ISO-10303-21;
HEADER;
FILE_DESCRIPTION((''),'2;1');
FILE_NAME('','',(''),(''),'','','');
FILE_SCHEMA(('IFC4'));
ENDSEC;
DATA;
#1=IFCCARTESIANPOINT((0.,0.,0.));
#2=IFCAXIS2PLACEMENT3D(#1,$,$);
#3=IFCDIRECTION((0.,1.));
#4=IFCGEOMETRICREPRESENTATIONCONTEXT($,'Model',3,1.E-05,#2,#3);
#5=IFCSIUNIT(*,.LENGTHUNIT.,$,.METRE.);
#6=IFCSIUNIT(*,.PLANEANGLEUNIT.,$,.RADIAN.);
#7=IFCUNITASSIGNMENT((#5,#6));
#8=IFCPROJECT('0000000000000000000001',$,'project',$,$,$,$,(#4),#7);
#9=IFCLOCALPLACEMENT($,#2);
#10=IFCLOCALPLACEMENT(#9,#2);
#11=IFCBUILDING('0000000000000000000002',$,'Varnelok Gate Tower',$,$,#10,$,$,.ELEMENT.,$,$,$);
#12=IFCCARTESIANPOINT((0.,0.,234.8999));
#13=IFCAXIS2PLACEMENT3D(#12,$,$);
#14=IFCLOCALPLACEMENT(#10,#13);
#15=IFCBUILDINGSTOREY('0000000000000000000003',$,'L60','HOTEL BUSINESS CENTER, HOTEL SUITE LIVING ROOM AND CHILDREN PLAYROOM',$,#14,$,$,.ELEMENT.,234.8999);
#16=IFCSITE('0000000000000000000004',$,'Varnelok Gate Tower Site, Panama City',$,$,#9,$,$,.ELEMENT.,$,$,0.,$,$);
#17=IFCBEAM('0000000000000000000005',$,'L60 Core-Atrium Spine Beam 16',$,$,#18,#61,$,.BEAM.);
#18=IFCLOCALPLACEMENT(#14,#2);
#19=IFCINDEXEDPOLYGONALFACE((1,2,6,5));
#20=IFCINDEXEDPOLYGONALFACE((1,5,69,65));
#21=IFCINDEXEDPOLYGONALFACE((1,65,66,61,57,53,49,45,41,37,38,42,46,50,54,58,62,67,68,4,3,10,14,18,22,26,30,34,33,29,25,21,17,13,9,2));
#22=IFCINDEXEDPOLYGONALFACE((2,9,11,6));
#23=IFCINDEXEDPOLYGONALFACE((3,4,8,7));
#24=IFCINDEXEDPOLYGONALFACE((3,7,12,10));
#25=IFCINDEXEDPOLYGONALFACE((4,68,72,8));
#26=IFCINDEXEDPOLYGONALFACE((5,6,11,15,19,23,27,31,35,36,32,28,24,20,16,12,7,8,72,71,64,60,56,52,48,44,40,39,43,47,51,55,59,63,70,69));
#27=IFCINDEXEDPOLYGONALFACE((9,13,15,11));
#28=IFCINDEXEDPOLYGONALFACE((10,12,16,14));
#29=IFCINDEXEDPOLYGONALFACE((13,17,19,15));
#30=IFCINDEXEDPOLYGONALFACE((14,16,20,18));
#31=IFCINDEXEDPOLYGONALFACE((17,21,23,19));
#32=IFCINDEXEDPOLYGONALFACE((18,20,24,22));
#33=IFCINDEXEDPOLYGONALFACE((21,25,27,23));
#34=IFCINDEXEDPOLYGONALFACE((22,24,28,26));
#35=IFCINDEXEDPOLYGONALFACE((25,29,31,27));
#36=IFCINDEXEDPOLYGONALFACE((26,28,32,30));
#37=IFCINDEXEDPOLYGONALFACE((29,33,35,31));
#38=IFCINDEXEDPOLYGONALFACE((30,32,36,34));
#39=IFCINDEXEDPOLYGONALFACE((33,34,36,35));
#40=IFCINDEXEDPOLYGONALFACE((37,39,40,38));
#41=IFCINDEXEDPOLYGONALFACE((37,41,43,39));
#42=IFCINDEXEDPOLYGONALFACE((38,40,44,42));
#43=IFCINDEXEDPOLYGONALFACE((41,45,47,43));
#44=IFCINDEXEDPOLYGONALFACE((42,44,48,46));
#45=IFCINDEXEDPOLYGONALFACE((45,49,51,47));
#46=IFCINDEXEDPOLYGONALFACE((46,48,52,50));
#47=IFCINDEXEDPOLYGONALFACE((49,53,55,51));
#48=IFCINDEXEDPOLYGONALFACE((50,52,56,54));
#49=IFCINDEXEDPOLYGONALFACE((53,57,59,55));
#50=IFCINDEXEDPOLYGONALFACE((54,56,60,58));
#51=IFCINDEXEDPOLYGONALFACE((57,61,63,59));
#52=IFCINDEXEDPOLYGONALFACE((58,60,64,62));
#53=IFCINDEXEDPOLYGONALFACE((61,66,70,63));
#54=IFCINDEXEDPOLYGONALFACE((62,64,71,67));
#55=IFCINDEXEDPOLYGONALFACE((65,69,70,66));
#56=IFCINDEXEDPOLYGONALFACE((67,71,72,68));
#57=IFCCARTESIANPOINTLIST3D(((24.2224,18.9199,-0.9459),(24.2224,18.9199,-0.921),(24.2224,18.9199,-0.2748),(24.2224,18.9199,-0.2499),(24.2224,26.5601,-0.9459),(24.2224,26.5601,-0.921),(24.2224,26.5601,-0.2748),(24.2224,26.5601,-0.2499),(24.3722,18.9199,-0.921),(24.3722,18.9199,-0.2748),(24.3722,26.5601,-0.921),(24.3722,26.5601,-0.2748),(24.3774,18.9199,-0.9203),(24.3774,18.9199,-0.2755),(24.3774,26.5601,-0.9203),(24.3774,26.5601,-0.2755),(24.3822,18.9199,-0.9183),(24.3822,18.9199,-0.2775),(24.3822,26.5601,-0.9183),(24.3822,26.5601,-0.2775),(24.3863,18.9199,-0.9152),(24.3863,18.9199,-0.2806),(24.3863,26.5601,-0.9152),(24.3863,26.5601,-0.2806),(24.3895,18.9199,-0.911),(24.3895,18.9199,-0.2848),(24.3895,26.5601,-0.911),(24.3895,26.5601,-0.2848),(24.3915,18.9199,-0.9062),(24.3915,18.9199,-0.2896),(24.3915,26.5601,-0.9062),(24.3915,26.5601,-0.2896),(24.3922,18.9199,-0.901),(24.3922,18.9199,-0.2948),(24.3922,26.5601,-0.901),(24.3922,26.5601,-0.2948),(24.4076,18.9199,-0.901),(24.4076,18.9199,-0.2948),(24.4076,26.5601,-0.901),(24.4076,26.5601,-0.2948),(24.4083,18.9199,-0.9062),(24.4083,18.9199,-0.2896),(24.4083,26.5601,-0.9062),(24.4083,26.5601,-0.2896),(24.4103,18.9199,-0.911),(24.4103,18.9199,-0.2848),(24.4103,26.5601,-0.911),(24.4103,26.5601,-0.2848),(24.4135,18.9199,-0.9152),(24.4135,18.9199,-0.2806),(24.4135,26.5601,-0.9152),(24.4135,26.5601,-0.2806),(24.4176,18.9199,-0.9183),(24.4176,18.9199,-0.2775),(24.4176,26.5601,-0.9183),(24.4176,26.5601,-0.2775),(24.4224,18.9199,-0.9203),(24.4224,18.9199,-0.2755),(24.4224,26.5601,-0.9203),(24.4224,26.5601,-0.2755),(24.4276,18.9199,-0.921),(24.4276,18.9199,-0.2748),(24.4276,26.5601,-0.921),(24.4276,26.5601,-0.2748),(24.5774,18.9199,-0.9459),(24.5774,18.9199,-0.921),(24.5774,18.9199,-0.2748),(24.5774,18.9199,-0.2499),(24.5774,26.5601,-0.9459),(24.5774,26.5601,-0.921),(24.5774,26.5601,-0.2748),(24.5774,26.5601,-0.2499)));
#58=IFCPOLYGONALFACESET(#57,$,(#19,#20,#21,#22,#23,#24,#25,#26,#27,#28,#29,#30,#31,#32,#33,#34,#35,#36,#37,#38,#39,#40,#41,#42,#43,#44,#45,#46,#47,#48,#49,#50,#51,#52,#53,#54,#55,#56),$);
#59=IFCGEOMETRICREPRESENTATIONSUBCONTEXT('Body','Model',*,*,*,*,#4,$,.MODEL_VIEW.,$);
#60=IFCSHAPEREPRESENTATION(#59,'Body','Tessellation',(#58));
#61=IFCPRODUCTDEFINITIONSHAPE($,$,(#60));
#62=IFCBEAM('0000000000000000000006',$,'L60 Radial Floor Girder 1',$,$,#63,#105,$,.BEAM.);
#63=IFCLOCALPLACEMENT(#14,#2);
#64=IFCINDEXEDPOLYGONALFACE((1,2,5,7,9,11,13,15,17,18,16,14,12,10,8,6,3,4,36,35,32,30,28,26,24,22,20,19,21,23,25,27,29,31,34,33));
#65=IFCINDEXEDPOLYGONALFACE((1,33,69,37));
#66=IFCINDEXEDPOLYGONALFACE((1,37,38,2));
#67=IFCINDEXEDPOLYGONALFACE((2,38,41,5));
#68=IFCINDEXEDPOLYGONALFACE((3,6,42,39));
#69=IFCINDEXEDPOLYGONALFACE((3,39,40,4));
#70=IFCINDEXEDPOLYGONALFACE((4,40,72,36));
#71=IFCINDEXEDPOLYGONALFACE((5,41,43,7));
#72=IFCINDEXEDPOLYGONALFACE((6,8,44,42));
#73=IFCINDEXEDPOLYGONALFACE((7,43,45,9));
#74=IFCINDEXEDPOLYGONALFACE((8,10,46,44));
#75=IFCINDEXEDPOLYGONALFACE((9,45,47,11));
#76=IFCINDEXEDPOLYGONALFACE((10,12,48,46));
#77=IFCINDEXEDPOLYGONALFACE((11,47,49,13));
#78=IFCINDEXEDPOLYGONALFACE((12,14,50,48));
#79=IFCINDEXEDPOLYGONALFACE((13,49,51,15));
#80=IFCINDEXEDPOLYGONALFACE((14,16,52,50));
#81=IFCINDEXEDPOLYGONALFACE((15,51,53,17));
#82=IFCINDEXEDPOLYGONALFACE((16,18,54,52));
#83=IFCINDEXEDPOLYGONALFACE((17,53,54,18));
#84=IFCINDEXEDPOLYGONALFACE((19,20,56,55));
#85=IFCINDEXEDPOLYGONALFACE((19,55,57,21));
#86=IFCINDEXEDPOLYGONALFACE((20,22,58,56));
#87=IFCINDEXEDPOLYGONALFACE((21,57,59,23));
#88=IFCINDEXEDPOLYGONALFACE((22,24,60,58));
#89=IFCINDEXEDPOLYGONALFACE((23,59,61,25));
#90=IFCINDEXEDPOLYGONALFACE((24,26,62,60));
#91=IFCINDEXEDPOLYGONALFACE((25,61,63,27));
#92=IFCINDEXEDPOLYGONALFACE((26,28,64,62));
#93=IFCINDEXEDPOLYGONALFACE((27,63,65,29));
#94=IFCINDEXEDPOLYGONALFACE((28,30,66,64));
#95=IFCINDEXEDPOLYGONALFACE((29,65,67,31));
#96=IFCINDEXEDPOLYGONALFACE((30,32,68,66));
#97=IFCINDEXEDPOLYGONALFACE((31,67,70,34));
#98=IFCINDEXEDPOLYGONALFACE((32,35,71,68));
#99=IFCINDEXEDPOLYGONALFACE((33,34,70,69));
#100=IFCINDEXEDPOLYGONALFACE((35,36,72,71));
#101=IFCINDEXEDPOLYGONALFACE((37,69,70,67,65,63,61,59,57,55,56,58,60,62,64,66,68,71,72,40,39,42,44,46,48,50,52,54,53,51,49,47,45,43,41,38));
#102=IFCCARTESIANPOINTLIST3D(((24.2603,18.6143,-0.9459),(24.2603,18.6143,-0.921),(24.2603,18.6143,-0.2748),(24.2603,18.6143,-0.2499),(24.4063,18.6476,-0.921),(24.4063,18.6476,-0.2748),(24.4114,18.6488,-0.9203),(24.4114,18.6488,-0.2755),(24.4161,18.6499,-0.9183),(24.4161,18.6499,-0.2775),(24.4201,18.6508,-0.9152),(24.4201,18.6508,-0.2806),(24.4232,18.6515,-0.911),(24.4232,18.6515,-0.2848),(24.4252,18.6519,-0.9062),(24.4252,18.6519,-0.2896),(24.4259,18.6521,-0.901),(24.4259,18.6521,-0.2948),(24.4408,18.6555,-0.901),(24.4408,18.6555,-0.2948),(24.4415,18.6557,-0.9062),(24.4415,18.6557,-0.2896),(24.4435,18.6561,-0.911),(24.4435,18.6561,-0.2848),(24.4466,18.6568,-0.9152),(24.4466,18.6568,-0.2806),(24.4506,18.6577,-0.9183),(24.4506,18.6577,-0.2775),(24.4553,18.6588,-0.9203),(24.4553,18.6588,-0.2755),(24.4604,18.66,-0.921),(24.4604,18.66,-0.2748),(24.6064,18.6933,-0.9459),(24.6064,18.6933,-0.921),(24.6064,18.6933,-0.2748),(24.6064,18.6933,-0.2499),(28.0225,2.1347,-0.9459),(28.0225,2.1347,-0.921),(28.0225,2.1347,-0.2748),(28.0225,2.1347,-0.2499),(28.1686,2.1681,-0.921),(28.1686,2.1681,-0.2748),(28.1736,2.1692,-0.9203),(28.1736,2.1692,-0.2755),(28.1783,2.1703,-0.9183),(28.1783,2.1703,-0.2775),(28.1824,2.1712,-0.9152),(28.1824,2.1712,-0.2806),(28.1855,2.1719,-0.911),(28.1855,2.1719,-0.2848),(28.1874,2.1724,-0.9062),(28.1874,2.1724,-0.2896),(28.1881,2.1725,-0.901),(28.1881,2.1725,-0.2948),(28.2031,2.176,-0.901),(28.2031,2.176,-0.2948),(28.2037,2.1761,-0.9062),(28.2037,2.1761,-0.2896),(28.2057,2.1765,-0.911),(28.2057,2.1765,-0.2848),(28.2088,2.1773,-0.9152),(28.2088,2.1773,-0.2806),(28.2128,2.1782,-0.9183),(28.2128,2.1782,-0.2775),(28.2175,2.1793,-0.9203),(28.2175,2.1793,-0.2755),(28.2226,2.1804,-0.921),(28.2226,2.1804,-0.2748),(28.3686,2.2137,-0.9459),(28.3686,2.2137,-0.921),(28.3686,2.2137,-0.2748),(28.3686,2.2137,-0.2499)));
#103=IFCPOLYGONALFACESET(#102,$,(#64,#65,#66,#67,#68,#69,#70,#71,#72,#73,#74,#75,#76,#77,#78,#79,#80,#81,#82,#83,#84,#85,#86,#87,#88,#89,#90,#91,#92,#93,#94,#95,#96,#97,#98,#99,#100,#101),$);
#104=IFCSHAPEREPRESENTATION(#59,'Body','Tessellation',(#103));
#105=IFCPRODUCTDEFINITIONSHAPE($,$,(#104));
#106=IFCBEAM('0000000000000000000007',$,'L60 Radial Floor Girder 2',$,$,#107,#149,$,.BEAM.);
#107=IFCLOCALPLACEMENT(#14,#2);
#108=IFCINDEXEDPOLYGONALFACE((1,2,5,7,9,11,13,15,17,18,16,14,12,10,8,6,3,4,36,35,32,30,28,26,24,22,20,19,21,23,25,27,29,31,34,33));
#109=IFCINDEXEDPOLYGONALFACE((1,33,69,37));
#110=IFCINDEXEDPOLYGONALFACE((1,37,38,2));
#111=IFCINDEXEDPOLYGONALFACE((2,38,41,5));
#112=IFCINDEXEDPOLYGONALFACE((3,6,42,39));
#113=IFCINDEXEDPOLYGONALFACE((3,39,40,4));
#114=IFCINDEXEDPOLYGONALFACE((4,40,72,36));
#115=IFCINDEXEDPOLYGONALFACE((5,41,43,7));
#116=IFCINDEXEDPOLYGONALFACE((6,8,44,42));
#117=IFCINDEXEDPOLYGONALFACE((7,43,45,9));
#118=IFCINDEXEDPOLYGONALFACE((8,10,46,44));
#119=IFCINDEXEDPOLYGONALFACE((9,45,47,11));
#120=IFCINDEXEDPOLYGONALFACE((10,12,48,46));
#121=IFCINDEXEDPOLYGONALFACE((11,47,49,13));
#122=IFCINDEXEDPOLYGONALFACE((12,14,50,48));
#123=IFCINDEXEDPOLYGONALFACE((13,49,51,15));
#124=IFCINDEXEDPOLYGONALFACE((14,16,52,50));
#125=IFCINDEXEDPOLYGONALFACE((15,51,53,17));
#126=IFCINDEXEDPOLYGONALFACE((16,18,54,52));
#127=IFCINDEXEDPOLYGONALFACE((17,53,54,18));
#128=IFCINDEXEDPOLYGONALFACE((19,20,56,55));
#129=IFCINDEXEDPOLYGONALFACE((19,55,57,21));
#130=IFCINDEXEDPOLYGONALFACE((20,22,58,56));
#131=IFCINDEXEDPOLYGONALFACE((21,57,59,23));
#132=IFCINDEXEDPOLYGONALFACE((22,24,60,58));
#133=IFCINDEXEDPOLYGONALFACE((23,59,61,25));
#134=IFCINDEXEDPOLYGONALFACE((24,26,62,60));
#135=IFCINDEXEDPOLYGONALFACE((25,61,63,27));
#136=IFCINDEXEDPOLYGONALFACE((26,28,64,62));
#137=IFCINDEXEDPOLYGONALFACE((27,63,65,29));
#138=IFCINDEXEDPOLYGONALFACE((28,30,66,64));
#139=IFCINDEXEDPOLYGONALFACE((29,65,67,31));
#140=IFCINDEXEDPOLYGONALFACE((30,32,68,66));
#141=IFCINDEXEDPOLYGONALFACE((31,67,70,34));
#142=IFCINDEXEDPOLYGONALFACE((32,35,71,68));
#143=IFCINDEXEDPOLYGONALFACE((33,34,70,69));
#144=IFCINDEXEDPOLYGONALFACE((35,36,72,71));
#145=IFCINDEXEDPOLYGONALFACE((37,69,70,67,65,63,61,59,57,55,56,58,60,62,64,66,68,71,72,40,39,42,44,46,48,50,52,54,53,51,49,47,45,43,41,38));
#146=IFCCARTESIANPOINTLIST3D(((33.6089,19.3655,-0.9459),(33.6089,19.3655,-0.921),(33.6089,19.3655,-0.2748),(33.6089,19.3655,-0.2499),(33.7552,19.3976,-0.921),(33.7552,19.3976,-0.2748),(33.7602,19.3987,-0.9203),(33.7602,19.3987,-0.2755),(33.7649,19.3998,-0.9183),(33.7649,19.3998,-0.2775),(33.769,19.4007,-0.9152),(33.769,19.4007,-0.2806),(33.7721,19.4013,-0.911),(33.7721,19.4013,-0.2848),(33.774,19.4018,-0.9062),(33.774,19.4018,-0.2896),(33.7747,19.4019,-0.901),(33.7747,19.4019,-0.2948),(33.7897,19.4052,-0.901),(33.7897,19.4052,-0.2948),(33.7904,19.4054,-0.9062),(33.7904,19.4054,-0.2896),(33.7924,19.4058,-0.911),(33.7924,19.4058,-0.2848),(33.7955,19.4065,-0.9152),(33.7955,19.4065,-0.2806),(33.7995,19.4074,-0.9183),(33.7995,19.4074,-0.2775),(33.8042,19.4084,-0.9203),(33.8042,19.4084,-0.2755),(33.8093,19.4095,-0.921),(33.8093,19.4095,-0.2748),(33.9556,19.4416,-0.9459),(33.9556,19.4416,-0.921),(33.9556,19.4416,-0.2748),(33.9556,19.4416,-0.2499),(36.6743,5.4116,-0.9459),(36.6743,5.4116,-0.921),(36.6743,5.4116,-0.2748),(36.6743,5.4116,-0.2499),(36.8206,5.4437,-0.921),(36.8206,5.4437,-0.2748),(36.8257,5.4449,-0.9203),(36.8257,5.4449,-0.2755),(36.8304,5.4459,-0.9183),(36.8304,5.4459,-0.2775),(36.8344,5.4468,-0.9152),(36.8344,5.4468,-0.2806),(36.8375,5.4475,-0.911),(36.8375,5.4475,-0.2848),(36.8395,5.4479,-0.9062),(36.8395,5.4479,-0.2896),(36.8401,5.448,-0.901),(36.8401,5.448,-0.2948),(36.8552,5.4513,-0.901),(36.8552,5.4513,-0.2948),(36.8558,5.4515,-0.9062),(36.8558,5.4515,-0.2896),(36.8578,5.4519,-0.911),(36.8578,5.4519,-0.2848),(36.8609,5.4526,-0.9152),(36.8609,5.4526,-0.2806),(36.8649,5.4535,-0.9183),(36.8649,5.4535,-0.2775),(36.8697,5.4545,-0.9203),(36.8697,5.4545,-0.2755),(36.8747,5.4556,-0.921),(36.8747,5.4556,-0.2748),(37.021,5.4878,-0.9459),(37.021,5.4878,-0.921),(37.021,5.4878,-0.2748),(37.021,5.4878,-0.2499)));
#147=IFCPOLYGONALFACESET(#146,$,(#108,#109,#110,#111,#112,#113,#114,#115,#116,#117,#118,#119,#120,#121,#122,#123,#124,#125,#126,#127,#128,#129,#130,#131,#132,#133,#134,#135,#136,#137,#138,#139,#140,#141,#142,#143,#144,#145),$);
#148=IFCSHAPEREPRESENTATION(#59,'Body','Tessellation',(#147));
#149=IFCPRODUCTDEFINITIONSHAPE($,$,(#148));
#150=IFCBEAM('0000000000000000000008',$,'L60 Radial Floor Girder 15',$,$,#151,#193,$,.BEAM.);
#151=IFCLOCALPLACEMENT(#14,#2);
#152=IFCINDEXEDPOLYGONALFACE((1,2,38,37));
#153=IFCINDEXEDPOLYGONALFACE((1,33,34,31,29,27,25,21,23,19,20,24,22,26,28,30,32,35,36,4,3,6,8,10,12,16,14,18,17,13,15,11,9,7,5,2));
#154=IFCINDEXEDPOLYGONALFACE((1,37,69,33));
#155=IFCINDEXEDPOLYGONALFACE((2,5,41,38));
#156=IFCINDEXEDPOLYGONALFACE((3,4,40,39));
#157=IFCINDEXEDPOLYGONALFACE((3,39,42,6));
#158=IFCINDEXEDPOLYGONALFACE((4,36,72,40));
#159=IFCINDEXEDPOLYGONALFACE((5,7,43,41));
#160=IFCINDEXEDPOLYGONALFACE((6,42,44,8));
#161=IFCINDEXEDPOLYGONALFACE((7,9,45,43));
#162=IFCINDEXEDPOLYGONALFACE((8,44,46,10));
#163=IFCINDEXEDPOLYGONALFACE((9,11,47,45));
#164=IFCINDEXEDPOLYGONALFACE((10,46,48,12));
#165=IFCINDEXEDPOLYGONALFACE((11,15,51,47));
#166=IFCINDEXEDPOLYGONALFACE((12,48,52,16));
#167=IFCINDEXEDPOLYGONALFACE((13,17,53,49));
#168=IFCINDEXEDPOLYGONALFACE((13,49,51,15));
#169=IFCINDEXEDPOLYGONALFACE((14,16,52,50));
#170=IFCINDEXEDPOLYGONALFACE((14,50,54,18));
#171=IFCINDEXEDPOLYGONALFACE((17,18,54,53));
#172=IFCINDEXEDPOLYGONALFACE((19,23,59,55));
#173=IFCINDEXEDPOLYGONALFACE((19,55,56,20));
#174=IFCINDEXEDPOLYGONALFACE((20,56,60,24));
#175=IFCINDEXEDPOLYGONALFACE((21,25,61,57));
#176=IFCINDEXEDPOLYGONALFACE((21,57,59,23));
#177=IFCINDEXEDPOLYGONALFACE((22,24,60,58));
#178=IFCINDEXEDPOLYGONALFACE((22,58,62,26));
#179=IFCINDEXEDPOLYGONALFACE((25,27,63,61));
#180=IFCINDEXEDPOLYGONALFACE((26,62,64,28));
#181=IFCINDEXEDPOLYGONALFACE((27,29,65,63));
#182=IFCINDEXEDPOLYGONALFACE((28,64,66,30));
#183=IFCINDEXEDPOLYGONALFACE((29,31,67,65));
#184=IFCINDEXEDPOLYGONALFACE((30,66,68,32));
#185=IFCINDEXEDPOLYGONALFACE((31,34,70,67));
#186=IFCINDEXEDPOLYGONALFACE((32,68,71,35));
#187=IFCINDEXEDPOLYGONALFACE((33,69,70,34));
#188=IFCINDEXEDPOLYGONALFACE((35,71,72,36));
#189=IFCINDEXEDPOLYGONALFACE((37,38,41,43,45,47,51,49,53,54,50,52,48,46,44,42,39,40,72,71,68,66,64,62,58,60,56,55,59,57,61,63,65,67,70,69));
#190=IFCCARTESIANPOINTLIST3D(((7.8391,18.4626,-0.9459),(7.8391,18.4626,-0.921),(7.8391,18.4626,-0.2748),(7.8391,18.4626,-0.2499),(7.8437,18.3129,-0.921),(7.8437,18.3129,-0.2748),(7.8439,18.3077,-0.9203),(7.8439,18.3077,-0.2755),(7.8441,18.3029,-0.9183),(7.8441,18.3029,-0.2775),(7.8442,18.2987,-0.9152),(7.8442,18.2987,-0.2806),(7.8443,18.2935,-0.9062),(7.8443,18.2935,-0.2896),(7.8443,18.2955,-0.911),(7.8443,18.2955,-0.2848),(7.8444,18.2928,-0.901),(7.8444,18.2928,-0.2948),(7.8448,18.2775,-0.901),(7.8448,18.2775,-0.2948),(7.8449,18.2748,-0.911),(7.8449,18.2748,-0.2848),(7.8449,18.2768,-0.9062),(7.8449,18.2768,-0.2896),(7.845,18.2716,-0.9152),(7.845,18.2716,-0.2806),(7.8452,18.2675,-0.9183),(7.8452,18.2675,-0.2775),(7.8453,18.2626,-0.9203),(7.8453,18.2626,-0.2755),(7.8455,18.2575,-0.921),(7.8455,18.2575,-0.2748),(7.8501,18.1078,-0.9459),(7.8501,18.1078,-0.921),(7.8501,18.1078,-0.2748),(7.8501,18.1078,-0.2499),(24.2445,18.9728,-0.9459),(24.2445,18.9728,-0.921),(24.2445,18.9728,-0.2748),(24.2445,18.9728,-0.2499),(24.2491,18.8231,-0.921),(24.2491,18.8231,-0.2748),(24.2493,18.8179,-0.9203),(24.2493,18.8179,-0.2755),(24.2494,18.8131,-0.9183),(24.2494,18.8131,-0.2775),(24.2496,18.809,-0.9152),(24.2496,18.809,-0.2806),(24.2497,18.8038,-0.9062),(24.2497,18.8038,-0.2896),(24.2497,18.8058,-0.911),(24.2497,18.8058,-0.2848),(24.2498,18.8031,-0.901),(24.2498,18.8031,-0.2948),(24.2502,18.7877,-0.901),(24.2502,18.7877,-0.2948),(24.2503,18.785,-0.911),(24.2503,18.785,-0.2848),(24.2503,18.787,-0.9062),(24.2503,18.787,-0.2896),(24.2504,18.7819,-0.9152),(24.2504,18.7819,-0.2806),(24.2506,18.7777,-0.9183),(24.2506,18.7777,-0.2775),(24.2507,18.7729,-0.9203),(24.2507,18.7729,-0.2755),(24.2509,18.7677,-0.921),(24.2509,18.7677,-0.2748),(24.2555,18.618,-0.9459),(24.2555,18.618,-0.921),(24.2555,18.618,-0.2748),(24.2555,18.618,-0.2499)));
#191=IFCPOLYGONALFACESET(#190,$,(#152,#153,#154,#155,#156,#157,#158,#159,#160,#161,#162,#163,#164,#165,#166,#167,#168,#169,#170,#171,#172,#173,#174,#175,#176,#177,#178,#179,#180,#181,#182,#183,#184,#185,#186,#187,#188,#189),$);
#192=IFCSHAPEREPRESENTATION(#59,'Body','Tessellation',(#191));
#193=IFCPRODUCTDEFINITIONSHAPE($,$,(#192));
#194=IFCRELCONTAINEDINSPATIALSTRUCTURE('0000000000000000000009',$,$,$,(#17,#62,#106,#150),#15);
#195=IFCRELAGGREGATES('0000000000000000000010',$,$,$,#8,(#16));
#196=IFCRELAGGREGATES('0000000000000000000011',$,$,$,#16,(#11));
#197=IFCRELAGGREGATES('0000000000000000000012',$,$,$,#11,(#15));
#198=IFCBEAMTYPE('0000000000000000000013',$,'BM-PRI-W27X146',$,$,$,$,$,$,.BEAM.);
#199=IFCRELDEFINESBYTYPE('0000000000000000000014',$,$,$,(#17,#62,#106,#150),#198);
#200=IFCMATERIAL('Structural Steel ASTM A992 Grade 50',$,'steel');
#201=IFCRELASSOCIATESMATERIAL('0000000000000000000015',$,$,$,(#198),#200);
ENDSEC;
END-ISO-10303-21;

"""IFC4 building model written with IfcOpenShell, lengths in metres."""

from ifc_helpers import new_model, si_unit, direction, frame, origin, origin_2d, place, context, subcontext, project, spatial, i_section, extrude, material, material_profile, profile_set, type_object, element, save


model = new_model("IFC4")

# Units and contexts
model_context = context("Model", 3, precision=1e-05, world=origin(), true_north=direction((0.0, 1.0)))
body_context = subcontext(model_context, "Body", "Model", "MODEL_VIEW")
ifc_project = project(units=[si_unit("LENGTHUNIT", "METRE"), si_unit("PLANEANGLEUNIT", "RADIAN")], contexts=[model_context])

# Site, building, storey
site_placement = place(None, origin())
site = spatial("IfcSite", under=ifc_project, at=site_placement, Name="Varnelok Gate Tower Site, Panama City", CompositionType="ELEMENT", RefElevation=0.0)
building_placement = place(site_placement, origin())
building = spatial("IfcBuilding", under=site, at=building_placement, Name="Varnelok Gate Tower", CompositionType="ELEMENT")
storey_placement = place(building_placement, frame((0.0, 0.0, 234.8999)))
storey = spatial("IfcBuildingStorey", under=building, at=storey_placement, Name="L60", Description="HOTEL BUSINESS CENTER, HOTEL SUITE LIVING ROOM AND CHILDREN PLAYROOM", CompositionType="ELEMENT", Elevation=234.8999)

# Shared definitions
ifc_material_1 = material(Name="Structural Steel ASTM A992 Grade 50", Category="steel")

# Beams
ifc_material_profile_1 = material_profile(ifc_material_1, i_section(OverallWidth=0.355, OverallDepth=0.696, WebThickness=0.0154, FlangeThickness=0.0249, FilletRadius=0.02, at=origin_2d()), Name="W27X146")
ifc_profile_set_1 = profile_set([ifc_material_profile_1], Name="Structural Steel ASTM A992 Grade 50")
beam_type_1 = type_object("IfcBeamType", Name="BM-PRI-W27X146", PredefinedType="BEAM", material=ifc_profile_set_1)
beam_1_placement = place(storey_placement, frame((24.3999, 18.9199, -0.5979), z_axis=(0.0, 1.0, 0.0), x_axis=(-1.0, 0.0, 0.0)))
element("IfcBeam", 1, at=beam_1_placement, inside=storey, type_object=beam_type_1, Name="L60 Core-Atrium Spine Beam 16", PredefinedType="BEAM", context=body_context, shape_type="SweptSolid", body=[
    extrude(i_section(OverallWidth=0.355, OverallDepth=0.696, WebThickness=0.0154, FlangeThickness=0.0249, FilletRadius=0.02, at=origin_2d()), origin(), (0.0, 0.0, 1.0), 7.6401),
])
beam_2_placement = place(storey_placement, frame((24.4333, 18.6538, -0.5979), z_axis=(0.22257, -0.974917, 0.0), x_axis=(0.974917, 0.22257, 0.0)))
element("IfcBeam", 2, at=beam_2_placement, inside=storey, type_object=beam_type_1, Name="L60 Radial Floor Girder 1", PredefinedType="BEAM", context=body_context, shape_type="SweptSolid", body=[
    extrude(i_section(OverallWidth=0.355, OverallDepth=0.696, WebThickness=0.0154, FlangeThickness=0.0249, FilletRadius=0.02, at=origin_2d()), origin(), (0.0, 0.0, 1.0), 16.9036),
])
beam_3_placement = place(storey_placement, frame((33.7822, 19.4036, -0.5979), z_axis=(0.214567, -0.976709, 0.0), x_axis=(0.976709, 0.214567, 0.0)))
element("IfcBeam", 3, at=beam_3_placement, inside=storey, type_object=beam_type_1, Name="L60 Radial Floor Girder 2", PredefinedType="BEAM", context=body_context, shape_type="SweptSolid", body=[
    extrude(i_section(OverallWidth=0.355, OverallDepth=0.696, WebThickness=0.0154, FlangeThickness=0.0249, FilletRadius=0.02, at=origin_2d()), origin(), (0.0, 0.0, 1.0), 14.2866),
])
beam_4_placement = place(storey_placement, frame((24.25, 18.7954, -0.5979), z_axis=(-0.999517, -0.031088, 0.0), x_axis=(0.031088, -0.999517, 0.0)))
element("IfcBeam", 4, at=beam_4_placement, inside=storey, type_object=beam_type_1, Name="L60 Radial Floor Girder 15", PredefinedType="BEAM", context=body_context, shape_type="SweptSolid", body=[
    extrude(i_section(OverallWidth=0.355, OverallDepth=0.696, WebThickness=0.0154, FlangeThickness=0.0249, FilletRadius=0.02, at=origin_2d()), origin(), (0.0, 0.0, 1.0), 16.4133),
])

save(model, "model.ifc")
